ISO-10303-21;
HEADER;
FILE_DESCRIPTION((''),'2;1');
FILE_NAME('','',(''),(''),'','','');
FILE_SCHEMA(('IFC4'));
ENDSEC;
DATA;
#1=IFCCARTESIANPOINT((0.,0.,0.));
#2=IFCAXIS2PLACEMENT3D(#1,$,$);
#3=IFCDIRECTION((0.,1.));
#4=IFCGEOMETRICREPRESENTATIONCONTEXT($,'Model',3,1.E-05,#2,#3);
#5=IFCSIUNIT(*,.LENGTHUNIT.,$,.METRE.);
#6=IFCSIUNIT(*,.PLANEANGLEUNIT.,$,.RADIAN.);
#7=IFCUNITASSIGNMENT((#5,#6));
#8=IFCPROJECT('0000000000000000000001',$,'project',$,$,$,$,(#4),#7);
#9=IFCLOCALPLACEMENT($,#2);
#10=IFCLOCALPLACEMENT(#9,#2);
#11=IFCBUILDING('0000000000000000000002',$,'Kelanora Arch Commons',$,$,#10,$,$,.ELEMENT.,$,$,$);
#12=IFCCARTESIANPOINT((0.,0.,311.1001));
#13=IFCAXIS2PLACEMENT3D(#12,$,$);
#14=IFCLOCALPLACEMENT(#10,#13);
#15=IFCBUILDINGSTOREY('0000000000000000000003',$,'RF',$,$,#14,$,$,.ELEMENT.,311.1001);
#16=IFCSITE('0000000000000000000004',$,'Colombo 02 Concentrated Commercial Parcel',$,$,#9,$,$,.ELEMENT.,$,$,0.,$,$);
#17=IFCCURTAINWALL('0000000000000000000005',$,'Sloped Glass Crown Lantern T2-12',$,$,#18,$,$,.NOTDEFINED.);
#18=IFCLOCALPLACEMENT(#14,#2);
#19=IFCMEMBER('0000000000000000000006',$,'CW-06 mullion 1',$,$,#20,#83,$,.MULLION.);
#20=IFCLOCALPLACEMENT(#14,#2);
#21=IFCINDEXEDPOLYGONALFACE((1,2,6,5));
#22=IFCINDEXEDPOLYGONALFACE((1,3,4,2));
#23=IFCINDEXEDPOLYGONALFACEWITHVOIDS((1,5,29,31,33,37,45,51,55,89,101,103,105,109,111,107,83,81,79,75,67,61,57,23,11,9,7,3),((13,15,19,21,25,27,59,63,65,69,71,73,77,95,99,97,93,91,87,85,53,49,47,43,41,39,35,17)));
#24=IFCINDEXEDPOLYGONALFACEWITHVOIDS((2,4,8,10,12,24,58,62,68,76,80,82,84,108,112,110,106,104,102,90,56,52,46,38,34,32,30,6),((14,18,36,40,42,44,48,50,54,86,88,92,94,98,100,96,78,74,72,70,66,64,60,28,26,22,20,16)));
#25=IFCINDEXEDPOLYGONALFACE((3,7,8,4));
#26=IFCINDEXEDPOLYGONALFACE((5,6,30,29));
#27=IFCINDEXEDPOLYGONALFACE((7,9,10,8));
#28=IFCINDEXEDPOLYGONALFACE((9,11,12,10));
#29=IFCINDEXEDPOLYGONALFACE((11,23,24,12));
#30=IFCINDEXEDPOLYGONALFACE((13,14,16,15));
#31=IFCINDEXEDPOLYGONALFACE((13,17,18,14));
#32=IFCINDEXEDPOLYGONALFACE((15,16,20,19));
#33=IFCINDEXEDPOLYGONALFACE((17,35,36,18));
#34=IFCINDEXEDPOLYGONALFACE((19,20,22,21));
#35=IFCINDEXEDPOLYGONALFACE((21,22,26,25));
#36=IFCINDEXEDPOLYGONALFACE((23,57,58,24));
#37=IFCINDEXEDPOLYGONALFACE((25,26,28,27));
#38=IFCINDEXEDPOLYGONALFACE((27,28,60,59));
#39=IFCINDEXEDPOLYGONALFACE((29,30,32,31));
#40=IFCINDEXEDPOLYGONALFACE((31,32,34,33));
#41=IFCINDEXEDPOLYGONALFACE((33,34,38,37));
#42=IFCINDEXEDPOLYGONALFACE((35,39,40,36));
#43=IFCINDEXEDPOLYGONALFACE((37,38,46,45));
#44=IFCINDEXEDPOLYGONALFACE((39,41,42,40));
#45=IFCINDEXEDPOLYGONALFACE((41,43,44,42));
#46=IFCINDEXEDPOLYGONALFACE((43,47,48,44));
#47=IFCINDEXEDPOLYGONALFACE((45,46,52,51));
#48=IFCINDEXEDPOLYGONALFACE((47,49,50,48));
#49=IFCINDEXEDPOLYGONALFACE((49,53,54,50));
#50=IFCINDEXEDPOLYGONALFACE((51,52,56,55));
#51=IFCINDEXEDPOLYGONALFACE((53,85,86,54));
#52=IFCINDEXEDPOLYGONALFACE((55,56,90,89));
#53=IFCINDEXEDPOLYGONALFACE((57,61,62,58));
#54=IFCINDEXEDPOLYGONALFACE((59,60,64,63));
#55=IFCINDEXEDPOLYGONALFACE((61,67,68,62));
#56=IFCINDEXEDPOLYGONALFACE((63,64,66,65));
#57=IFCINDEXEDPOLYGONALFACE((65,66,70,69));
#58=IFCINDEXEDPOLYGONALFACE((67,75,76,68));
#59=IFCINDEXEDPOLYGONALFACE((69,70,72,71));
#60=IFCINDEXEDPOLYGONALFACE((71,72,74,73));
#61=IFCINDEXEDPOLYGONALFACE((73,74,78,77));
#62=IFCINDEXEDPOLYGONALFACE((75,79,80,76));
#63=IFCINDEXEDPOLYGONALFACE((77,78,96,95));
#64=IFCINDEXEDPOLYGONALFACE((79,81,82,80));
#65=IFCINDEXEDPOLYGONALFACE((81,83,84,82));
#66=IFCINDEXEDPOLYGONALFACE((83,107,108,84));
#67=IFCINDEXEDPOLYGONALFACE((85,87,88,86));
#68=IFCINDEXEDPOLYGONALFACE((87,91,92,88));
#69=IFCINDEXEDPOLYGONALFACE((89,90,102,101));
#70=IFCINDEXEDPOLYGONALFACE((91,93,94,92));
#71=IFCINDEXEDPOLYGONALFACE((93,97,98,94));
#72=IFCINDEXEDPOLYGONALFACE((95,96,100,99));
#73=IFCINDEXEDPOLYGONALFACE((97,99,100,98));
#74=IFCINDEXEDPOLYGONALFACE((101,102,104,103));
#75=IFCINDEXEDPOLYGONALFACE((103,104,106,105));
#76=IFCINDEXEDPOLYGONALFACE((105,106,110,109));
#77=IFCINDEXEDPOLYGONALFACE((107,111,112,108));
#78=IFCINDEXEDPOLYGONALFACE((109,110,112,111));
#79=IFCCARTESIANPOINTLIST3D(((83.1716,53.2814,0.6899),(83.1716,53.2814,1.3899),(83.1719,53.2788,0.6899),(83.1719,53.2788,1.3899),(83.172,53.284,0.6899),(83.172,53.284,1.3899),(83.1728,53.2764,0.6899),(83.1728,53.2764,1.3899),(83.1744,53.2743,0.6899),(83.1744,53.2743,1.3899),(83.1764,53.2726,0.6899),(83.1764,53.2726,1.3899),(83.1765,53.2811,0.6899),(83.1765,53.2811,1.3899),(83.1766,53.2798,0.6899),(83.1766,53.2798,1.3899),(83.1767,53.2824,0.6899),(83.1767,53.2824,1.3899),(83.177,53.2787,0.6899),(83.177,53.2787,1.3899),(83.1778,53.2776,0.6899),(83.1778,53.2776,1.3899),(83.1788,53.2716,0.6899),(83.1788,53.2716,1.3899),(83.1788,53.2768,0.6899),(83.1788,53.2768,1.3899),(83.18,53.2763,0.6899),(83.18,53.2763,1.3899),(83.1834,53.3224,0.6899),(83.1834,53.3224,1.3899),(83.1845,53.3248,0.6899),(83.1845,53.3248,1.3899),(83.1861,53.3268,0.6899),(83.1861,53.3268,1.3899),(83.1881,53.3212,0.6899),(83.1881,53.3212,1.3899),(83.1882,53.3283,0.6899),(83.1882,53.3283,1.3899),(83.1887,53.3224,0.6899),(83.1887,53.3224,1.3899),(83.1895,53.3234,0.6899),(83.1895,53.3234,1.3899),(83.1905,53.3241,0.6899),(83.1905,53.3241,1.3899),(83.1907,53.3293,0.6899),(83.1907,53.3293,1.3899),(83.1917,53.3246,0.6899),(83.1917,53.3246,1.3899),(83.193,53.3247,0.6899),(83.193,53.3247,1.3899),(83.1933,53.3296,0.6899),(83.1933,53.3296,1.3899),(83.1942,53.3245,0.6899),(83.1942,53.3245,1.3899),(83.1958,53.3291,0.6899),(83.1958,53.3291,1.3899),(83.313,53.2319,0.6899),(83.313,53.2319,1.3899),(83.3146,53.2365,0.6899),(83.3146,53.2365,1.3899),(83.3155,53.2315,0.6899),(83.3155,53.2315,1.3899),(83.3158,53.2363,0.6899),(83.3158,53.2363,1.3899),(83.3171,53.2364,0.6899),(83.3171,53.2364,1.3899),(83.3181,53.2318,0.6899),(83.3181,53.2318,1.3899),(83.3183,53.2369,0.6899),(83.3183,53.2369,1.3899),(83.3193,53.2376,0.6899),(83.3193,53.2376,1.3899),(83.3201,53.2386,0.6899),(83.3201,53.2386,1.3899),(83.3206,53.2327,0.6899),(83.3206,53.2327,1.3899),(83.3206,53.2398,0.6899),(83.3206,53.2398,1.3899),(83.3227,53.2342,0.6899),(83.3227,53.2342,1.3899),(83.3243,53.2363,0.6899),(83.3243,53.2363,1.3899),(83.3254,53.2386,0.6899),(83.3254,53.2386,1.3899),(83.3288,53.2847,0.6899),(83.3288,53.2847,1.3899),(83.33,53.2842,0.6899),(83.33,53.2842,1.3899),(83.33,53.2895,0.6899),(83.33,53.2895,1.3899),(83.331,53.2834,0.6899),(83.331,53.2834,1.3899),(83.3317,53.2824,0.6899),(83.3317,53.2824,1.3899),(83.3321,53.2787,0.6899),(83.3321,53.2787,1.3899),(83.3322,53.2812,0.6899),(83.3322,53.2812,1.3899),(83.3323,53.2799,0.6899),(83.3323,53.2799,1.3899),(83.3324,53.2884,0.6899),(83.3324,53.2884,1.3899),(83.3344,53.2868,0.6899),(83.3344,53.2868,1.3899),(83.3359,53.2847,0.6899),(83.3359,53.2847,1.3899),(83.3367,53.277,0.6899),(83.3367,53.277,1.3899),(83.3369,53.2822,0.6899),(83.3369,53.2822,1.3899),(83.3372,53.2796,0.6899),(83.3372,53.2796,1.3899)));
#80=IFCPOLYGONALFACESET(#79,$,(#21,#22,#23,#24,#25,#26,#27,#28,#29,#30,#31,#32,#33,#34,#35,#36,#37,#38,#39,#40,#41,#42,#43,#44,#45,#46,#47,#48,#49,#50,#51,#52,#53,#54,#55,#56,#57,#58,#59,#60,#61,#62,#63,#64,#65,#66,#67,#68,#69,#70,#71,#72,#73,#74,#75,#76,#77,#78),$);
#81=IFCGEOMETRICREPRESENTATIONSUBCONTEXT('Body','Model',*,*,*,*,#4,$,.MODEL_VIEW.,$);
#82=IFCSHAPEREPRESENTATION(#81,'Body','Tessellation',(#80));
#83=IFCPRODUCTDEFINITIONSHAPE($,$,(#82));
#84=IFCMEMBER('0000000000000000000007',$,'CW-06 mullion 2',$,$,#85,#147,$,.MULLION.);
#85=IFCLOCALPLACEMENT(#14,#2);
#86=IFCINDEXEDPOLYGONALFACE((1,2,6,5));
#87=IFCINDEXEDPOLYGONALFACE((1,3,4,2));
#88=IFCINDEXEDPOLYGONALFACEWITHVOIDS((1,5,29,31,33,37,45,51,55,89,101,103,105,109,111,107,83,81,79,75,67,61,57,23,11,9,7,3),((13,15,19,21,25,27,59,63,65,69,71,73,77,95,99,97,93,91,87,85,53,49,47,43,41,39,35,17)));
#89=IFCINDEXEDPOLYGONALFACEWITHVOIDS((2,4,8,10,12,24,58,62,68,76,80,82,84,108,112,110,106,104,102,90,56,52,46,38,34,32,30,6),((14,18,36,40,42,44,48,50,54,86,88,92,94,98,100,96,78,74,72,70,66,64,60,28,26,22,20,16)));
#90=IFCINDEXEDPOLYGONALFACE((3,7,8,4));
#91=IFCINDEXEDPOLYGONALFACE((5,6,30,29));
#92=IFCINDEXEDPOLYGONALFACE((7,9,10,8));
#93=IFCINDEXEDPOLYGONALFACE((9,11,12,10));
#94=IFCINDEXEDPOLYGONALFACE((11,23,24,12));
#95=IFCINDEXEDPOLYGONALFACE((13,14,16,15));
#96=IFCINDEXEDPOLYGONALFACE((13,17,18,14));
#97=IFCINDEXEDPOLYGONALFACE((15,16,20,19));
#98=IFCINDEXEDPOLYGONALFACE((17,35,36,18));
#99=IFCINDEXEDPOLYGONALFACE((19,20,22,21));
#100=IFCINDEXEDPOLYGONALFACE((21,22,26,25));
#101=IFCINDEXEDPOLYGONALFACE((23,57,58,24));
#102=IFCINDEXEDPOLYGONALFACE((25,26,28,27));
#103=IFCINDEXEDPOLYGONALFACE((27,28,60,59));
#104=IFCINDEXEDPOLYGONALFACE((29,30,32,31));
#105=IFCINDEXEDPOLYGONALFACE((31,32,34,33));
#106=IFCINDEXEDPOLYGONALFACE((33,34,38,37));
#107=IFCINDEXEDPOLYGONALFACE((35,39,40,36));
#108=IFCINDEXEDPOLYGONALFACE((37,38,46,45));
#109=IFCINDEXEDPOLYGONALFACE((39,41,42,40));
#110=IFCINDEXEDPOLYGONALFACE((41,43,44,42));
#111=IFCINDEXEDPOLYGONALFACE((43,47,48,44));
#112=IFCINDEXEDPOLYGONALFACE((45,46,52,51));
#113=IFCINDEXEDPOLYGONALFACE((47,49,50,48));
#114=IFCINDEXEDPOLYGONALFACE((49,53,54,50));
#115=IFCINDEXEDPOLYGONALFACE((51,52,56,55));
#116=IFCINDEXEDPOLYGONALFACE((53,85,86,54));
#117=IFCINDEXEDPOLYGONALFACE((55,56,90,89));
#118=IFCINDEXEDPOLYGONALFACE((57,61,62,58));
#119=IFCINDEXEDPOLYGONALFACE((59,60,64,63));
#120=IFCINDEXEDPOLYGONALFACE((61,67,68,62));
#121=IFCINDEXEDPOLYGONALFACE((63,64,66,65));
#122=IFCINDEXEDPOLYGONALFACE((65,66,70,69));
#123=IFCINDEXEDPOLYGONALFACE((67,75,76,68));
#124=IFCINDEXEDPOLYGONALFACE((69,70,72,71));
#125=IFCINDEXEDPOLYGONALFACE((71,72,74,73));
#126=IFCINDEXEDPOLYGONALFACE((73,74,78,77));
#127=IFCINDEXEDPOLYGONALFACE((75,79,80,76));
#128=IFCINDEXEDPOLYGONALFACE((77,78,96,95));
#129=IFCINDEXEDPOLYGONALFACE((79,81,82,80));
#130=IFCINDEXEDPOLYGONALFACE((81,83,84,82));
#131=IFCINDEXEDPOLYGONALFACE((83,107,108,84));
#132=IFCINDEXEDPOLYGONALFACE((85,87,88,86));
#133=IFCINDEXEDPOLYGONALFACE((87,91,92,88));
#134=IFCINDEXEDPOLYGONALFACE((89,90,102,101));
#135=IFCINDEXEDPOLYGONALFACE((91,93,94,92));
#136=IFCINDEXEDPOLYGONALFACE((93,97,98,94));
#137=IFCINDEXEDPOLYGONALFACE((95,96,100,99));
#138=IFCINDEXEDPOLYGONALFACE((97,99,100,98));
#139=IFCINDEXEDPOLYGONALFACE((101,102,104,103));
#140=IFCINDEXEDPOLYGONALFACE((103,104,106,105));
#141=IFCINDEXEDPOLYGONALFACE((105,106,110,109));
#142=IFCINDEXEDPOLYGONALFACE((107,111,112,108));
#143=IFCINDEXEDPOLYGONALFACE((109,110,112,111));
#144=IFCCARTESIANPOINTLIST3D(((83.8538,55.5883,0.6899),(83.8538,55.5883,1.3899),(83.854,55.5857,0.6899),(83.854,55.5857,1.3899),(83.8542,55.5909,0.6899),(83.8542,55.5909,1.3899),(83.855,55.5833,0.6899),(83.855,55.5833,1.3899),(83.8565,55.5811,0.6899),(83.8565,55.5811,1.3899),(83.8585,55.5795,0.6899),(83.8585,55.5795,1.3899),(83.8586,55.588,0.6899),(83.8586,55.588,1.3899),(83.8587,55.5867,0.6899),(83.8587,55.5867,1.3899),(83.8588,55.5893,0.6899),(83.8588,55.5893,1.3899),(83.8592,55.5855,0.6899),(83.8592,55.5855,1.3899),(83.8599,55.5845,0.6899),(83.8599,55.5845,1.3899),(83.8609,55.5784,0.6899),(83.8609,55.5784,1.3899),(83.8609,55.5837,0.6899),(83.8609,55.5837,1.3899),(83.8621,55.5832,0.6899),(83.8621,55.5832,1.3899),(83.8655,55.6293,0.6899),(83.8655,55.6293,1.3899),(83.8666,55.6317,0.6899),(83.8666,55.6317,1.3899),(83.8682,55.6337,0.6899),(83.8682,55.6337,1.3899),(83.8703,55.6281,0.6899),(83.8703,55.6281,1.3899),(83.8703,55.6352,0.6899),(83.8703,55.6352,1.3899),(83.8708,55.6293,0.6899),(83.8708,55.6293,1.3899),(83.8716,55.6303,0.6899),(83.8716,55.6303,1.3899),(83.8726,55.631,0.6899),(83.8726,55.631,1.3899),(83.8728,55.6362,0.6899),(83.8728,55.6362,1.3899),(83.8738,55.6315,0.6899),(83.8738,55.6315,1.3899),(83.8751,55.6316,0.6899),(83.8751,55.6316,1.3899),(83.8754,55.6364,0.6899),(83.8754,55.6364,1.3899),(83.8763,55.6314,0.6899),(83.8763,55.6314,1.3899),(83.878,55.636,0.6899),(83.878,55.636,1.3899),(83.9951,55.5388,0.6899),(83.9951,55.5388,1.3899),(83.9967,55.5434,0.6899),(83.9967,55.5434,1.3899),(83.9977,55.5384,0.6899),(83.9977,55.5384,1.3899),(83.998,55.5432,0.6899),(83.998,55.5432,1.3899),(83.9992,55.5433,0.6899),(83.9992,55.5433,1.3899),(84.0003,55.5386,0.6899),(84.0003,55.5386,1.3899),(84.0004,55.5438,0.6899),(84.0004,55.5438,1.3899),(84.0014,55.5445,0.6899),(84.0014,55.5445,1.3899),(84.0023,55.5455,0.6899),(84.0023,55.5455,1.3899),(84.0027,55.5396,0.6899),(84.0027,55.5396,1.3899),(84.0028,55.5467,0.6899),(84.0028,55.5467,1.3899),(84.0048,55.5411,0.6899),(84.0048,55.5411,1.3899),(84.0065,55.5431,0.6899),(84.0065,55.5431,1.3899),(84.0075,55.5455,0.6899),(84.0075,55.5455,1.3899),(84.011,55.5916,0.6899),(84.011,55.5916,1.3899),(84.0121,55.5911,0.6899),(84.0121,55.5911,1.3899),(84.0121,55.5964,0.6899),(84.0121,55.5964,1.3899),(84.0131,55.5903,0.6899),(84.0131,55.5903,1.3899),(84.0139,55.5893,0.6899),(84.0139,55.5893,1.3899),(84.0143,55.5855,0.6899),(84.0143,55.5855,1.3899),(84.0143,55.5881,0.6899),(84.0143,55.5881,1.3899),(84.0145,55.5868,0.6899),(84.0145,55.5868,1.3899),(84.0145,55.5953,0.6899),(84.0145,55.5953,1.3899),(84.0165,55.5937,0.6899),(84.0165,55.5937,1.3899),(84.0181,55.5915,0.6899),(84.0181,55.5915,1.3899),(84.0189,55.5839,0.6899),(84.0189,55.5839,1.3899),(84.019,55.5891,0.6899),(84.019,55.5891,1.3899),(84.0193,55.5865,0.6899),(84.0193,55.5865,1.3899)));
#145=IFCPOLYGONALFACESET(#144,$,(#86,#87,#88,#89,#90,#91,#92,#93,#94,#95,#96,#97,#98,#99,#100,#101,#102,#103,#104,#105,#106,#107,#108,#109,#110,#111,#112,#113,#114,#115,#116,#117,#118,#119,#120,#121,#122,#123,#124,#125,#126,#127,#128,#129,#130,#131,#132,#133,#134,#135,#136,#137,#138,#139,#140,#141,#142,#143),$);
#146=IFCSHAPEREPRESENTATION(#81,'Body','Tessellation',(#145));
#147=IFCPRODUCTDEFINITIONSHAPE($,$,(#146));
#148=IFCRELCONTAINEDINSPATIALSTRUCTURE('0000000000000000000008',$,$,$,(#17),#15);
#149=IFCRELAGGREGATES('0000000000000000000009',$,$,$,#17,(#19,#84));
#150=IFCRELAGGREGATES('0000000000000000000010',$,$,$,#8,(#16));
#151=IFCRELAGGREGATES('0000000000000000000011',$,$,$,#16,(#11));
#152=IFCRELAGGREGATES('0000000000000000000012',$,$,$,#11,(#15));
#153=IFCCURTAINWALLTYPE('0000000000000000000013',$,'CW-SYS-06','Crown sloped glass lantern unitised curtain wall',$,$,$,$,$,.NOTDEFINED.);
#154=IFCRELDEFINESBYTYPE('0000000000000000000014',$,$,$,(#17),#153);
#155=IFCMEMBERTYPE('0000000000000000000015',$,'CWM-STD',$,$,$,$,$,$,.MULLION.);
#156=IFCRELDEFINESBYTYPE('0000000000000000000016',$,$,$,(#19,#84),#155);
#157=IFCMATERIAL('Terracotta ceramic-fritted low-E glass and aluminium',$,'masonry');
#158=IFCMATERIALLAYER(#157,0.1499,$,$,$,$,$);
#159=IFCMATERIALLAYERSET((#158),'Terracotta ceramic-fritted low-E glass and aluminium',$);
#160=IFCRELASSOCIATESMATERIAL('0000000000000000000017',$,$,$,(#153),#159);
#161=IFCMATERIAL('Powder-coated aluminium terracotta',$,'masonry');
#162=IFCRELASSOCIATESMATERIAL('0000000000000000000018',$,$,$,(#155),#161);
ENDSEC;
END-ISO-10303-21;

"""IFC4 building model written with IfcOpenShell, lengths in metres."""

from ifc_helpers import new_model, si_unit, direction, frame, origin, origin_2d, place, context, subcontext, project, spatial, hollow_rectangle, extrude, material, layer, layer_set, material_profile, profile_set, type_object, element, aggregate, save


model = new_model("IFC4")

# Units and contexts
model_context = context("Model", 3, precision=1e-05, world=origin(), true_north=direction((0.0, 1.0)))
body_context = subcontext(model_context, "Body", "Model", "MODEL_VIEW")
ifc_project = project(units=[si_unit("LENGTHUNIT", "METRE"), si_unit("PLANEANGLEUNIT", "RADIAN")], contexts=[model_context])

# Site, building, storey
site_placement = place(None, origin())
site = spatial("IfcSite", under=ifc_project, at=site_placement, Name="Colombo 02 Concentrated Commercial Parcel", CompositionType="ELEMENT", RefElevation=0.0)
building_placement = place(site_placement, origin())
building = spatial("IfcBuilding", under=site, at=building_placement, Name="Kelanora Arch Commons", CompositionType="ELEMENT")
storey_placement = place(building_placement, frame((0.0, 0.0, 311.1001)))
storey = spatial("IfcBuildingStorey", under=building, at=storey_placement, Name="RF", CompositionType="ELEMENT", Elevation=311.1001)

# Curtain wall, members
ifc_material_1 = material(Name="Terracotta ceramic-fritted low-E glass and aluminium", Category="masonry")
ifc_layer_1 = layer(ifc_material_1, 0.1499)
ifc_layer_set_1 = layer_set([ifc_layer_1], Name="Terracotta ceramic-fritted low-E glass and aluminium")
curtain_wall_type = type_object("IfcCurtainWallType", Name="CW-SYS-06", Description="Crown sloped glass lantern unitised curtain wall", PredefinedType="NOTDEFINED", material=ifc_layer_set_1)
ifc_material_2 = material(Name="Powder-coated aluminium terracotta", Category="masonry")
ifc_material_profile_1 = material_profile(ifc_material_2, hollow_rectangle(XDim=0.1599, YDim=0.0601, WallThickness=0.0049, InnerFilletRadius=0.0049, OuterFilletRadius=0.01, at=origin_2d()), Name="CWM160x60")
ifc_profile_set_1 = profile_set([ifc_material_profile_1], Name="Powder-coated aluminium terracotta")
member_type_1 = type_object("IfcMemberType", Name="CWM-STD", PredefinedType="MULLION", material=ifc_profile_set_1)
curtain_wall_1_placement = place(storey_placement, origin())
curtain_wall_1 = element("IfcCurtainWall", 1, at=curtain_wall_1_placement, inside=storey, type_object=curtain_wall_type, Name="Sloped Glass Crown Lantern T2-12", PredefinedType="NOTDEFINED")
member_1_placement = place(storey_placement, frame((83.2544, 53.2805, 0.6899), z_axis=(0.0, 0.0, 1.0), x_axis=(-0.958953, 0.283564, 0.0)))
member_1 = element("IfcMember", 2, at=member_1_placement, type_object=member_type_1, Name="CW-06 mullion 1", PredefinedType="MULLION", context=body_context, shape_type="SweptSolid", body=[
    extrude(hollow_rectangle(XDim=0.1599, YDim=0.0601, WallThickness=0.0049, InnerFilletRadius=0.0049, OuterFilletRadius=0.01, at=origin_2d()), origin(), (0.0, 0.0, 1.0), 0.7),
])
member_2_placement = place(storey_placement, frame((83.9365, 55.5874, 0.6899), z_axis=(0.0, 0.0, 1.0), x_axis=(-0.958953, 0.283564, 0.0)))
member_2 = element("IfcMember", 3, at=member_2_placement, type_object=member_type_1, Name="CW-06 mullion 2", PredefinedType="MULLION", context=body_context, shape_type="SweptSolid", body=[
    extrude(hollow_rectangle(XDim=0.1599, YDim=0.0601, WallThickness=0.0049, InnerFilletRadius=0.0049, OuterFilletRadius=0.01, at=origin_2d()), origin(), (0.0, 0.0, 1.0), 0.7),
])

aggregate(curtain_wall_1, [member_1, member_2])

save(model, "model.ifc")
